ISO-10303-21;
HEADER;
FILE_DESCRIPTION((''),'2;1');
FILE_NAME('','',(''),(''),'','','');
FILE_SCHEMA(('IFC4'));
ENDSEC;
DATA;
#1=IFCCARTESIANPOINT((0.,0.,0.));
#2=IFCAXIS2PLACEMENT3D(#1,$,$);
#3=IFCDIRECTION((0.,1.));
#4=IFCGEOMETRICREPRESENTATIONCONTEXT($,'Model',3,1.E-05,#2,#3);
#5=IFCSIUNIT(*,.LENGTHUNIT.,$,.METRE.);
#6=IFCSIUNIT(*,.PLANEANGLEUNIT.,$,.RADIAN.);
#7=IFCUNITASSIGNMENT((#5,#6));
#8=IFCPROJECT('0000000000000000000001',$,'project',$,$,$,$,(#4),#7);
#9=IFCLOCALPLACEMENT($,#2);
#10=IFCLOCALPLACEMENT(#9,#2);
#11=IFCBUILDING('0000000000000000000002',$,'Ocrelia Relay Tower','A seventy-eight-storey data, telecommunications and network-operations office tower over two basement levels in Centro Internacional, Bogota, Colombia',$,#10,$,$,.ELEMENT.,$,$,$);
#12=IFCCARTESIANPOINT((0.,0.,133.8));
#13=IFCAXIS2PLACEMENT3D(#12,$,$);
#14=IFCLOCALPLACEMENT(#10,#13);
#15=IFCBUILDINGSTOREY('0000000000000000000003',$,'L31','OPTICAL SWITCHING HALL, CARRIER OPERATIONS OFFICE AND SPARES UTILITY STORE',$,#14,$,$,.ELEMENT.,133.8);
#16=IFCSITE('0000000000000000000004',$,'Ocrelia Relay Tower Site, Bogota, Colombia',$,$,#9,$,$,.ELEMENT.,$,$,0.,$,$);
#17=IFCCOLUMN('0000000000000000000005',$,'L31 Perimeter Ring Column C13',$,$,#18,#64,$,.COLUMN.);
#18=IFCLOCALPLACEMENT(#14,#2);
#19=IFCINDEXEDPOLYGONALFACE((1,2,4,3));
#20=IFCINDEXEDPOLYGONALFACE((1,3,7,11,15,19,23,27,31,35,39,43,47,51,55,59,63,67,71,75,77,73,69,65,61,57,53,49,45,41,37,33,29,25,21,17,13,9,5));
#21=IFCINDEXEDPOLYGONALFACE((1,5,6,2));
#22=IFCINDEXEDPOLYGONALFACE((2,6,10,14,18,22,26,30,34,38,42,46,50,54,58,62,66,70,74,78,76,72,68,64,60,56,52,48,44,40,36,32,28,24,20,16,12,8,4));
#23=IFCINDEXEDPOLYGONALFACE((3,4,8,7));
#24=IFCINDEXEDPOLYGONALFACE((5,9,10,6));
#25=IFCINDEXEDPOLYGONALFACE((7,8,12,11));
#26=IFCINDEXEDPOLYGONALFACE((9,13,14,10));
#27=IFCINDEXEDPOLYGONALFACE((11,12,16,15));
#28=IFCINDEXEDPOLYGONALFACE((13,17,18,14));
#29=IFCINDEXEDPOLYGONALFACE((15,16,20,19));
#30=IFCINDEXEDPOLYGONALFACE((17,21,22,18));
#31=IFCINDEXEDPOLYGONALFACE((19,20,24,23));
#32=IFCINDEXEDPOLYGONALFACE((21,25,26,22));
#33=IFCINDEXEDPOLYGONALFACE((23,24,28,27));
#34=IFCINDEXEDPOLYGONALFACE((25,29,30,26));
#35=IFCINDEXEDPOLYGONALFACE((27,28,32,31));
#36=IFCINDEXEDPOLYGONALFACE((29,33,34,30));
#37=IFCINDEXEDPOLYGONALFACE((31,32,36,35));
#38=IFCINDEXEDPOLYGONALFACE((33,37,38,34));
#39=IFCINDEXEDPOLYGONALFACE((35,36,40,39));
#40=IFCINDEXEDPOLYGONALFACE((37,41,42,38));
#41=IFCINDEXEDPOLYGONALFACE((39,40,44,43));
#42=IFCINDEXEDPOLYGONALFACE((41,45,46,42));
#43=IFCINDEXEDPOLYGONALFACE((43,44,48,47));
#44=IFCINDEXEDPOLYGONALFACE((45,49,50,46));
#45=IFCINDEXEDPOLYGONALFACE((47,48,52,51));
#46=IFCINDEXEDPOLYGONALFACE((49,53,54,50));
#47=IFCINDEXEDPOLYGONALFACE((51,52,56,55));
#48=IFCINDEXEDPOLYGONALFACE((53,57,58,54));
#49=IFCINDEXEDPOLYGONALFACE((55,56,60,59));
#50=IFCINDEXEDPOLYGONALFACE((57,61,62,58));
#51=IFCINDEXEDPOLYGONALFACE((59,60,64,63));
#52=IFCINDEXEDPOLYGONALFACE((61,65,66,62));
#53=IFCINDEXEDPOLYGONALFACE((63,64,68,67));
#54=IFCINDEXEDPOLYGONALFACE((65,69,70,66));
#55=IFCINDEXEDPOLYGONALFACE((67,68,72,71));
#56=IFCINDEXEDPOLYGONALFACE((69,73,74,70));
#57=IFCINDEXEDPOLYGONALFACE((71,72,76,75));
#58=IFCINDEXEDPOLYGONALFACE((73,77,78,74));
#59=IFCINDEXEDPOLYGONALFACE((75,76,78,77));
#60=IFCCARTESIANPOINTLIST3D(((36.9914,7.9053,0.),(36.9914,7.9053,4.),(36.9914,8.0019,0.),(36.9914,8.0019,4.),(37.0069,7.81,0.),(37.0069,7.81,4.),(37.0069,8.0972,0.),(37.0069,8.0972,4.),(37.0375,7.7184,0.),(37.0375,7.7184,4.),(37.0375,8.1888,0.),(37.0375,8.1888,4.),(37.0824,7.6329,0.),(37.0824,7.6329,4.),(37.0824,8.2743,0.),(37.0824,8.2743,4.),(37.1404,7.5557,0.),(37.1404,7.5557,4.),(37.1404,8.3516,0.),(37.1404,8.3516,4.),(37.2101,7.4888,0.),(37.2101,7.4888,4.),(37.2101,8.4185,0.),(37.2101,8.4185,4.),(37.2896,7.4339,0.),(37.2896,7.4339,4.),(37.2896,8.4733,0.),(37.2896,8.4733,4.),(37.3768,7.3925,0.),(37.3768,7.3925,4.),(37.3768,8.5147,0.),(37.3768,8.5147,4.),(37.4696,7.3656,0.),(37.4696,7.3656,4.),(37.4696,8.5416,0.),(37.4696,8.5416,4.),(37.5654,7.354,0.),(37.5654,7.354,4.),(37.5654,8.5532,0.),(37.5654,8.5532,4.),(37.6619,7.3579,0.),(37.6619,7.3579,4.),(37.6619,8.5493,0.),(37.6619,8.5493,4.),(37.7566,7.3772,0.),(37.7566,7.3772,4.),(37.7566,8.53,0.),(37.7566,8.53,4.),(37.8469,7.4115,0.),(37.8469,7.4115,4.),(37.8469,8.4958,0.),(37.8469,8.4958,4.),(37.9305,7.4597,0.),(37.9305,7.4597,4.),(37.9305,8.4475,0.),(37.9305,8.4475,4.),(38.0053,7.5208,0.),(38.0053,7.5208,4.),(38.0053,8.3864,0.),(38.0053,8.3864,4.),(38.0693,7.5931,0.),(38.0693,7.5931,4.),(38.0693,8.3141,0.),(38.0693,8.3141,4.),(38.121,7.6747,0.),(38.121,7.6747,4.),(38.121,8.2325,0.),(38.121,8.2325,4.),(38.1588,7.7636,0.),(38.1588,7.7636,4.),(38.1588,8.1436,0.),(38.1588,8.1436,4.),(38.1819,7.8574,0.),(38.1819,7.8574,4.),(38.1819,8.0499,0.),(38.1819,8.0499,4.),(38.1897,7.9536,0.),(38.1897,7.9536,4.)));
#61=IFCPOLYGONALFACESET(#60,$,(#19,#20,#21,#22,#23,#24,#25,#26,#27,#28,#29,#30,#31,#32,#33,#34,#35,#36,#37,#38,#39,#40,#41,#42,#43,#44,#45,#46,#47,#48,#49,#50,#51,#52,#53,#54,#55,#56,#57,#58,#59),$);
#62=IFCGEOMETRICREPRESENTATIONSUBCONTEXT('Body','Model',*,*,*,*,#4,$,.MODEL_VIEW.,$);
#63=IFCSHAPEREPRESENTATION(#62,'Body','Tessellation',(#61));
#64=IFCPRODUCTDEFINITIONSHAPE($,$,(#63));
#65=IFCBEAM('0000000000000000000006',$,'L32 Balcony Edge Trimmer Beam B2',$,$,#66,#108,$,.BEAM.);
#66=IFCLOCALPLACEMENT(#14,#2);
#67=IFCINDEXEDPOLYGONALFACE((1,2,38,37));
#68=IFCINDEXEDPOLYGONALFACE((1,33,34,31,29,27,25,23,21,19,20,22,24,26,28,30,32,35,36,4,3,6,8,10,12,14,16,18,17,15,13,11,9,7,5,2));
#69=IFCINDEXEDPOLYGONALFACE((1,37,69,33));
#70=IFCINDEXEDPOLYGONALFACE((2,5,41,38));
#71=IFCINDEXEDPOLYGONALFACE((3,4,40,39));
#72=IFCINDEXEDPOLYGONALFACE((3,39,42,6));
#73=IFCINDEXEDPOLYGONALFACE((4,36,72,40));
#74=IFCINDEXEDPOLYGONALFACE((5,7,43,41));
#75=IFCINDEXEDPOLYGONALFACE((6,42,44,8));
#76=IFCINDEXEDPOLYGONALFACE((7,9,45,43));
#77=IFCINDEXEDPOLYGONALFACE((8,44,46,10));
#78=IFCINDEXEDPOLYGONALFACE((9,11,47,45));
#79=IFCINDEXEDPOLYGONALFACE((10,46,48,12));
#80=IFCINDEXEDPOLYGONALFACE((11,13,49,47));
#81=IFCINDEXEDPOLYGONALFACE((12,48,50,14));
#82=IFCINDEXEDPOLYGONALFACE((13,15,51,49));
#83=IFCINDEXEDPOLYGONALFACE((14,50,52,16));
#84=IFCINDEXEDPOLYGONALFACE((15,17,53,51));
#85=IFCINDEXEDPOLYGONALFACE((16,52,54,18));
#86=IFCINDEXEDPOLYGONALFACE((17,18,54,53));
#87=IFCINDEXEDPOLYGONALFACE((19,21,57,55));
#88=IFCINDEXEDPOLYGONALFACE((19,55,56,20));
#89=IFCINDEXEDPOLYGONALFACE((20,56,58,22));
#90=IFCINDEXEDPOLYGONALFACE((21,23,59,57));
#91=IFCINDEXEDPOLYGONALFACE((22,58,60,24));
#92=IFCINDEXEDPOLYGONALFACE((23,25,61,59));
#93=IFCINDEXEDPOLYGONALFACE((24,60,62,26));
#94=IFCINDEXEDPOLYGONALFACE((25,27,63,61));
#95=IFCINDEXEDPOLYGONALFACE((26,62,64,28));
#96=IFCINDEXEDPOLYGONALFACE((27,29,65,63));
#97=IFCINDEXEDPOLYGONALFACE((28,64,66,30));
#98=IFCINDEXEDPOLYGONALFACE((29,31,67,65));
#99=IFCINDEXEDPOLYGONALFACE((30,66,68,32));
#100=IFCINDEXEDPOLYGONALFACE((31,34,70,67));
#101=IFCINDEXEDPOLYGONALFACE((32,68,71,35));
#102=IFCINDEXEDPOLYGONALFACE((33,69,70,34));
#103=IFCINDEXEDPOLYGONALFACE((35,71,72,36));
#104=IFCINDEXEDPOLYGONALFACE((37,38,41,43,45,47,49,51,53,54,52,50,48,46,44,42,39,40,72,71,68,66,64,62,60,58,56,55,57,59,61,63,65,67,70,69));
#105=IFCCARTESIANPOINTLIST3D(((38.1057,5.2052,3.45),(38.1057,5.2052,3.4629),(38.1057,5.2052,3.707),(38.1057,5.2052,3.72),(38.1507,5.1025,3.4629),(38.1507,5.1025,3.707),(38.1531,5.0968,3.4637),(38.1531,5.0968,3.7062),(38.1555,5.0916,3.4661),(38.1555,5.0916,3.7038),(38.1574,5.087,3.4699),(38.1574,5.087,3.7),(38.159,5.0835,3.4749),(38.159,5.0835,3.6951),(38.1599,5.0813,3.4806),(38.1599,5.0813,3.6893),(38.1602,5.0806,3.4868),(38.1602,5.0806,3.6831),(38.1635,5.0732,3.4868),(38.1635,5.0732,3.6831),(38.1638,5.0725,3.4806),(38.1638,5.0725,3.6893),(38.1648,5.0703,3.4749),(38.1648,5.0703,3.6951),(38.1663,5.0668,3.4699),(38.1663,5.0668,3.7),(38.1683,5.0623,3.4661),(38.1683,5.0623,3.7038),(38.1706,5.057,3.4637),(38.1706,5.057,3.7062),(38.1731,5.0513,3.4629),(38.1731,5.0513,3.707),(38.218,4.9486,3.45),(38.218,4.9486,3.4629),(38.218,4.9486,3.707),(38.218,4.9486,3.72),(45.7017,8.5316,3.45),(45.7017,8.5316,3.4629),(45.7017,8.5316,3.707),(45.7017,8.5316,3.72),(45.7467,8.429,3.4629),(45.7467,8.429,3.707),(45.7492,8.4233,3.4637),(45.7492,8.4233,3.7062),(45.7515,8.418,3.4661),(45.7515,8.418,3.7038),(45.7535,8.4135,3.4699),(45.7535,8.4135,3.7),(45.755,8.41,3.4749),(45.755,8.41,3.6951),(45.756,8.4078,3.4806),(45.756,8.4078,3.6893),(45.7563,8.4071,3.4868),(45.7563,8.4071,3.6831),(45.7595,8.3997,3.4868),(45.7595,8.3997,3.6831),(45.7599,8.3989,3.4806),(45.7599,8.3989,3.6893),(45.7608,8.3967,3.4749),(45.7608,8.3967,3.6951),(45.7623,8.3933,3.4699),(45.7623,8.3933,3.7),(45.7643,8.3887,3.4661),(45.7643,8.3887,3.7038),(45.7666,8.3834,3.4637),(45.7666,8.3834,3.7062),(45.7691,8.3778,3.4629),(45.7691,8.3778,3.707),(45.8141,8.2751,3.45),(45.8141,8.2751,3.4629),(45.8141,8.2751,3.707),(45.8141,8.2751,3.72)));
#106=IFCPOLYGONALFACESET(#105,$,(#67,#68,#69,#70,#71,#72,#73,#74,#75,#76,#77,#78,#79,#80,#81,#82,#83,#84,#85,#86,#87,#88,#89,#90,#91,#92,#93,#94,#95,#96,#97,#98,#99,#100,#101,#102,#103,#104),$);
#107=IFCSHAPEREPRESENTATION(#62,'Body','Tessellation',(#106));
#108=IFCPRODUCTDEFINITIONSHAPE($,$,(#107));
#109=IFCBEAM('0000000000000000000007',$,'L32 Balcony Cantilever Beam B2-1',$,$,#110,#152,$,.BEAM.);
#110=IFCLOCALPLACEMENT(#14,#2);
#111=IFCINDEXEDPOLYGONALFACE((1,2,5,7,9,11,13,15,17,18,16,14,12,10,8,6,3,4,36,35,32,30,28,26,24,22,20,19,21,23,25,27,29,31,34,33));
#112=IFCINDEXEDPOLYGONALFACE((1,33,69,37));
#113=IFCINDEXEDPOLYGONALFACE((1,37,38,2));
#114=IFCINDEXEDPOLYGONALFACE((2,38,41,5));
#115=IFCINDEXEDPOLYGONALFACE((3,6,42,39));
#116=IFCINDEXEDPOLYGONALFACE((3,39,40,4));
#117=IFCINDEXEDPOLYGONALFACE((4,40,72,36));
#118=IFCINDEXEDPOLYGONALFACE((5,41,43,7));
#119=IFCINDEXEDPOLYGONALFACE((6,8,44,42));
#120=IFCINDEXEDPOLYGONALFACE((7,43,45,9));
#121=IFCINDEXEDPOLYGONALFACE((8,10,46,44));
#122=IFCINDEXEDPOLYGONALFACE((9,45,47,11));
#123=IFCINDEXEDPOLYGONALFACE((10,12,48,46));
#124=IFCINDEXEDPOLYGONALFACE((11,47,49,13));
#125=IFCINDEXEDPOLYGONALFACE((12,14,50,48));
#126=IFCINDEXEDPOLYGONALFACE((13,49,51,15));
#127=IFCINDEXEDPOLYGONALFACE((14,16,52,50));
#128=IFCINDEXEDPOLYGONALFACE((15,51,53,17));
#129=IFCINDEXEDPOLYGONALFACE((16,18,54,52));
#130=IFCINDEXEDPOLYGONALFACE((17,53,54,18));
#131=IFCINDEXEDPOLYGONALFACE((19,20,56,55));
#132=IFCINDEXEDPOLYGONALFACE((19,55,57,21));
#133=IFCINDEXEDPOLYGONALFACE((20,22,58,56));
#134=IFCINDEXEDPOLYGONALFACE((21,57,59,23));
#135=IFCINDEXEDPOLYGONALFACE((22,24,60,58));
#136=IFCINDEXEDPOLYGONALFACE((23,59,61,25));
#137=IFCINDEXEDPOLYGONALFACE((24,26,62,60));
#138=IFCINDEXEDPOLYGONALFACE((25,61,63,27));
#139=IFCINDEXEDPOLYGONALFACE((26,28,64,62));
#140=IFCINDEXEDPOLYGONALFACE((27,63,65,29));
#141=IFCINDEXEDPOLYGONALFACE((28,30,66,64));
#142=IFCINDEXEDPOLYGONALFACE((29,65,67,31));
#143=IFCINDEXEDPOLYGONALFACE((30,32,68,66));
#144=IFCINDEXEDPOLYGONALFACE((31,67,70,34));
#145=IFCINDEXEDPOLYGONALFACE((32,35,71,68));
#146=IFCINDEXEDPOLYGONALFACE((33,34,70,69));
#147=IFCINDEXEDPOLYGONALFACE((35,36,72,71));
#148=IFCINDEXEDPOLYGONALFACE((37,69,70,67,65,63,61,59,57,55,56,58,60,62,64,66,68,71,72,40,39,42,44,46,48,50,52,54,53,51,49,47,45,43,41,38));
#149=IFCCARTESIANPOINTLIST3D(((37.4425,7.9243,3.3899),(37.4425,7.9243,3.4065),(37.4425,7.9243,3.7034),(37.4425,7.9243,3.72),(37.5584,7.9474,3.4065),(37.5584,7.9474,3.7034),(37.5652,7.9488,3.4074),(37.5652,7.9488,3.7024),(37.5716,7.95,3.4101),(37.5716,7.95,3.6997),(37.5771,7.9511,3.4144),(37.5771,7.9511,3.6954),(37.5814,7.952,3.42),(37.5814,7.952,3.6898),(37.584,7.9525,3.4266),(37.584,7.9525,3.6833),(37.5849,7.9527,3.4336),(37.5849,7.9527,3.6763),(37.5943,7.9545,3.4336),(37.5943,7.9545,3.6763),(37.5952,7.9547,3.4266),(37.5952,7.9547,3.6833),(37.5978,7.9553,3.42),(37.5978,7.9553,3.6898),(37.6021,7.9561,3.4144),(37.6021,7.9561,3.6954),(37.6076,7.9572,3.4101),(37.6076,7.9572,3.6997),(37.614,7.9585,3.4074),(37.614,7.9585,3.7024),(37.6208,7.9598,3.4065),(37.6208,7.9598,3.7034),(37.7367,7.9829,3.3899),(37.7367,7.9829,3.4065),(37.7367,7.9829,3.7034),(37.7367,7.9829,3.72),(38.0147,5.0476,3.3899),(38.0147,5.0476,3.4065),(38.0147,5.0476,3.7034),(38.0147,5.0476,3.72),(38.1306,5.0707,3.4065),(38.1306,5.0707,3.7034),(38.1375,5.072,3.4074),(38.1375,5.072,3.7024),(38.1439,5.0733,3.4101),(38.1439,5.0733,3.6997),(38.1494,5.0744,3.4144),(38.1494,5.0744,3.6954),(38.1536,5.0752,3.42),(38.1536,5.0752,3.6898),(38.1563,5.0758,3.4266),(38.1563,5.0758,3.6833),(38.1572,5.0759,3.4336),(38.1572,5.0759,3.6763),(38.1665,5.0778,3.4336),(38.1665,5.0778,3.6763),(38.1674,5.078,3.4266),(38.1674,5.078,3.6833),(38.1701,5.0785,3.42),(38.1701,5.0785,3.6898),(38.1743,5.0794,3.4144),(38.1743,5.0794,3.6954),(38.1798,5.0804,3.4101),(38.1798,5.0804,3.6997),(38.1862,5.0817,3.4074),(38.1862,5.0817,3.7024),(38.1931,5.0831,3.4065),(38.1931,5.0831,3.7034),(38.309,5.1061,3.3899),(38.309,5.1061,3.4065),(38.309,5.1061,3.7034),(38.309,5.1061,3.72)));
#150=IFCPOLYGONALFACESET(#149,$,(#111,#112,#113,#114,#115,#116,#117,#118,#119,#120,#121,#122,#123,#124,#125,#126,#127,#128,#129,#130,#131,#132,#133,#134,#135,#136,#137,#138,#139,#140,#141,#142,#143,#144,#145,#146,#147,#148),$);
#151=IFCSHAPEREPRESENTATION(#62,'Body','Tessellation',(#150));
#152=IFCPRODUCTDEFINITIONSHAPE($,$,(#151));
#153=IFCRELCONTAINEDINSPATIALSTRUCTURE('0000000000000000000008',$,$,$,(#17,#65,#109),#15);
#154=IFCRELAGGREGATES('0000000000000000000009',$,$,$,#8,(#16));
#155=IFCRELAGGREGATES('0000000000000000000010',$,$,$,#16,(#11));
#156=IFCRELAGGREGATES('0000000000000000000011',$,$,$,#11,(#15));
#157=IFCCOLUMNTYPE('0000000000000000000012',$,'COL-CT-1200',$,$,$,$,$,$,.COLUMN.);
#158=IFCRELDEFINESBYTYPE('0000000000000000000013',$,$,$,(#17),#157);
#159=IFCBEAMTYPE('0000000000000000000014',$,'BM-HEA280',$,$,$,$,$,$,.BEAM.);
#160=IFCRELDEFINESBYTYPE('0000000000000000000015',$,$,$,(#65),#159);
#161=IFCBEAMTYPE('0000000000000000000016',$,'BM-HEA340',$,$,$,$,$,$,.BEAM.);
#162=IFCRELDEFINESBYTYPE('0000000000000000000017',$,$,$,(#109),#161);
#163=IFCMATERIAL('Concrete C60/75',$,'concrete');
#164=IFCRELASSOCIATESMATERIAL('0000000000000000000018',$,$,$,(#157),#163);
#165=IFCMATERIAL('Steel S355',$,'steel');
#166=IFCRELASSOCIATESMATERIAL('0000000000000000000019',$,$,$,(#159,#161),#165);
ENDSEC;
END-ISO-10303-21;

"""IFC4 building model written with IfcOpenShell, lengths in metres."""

from ifc_helpers import new_model, si_unit, direction, frame, origin, origin_2d, place, context, subcontext, project, spatial, circle, i_section, extrude, material, material_profile, profile_set, type_object, element, save


model = new_model("IFC4")

# Units and contexts
model_context = context("Model", 3, precision=1e-05, world=origin(), true_north=direction((0.0, 1.0)))
body_context = subcontext(model_context, "Body", "Model", "MODEL_VIEW")
ifc_project = project(units=[si_unit("LENGTHUNIT", "METRE"), si_unit("PLANEANGLEUNIT", "RADIAN")], contexts=[model_context])

# Site, building, storey
site_placement = place(None, origin())
site = spatial("IfcSite", under=ifc_project, at=site_placement, Name="Ocrelia Relay Tower Site, Bogota, Colombia", CompositionType="ELEMENT", RefElevation=0.0)
building_placement = place(site_placement, origin())
building = spatial("IfcBuilding", under=site, at=building_placement, Name="Ocrelia Relay Tower", Description="A seventy-eight-storey data, telecommunications and network-operations office tower over two basement levels in Centro Internacional, Bogota, Colombia", CompositionType="ELEMENT")
storey_placement = place(building_placement, frame((0.0, 0.0, 133.8)))
storey = spatial("IfcBuildingStorey", under=building, at=storey_placement, Name="L31", Description="OPTICAL SWITCHING HALL, CARRIER OPERATIONS OFFICE AND SPARES UTILITY STORE", CompositionType="ELEMENT", Elevation=133.8)

# Column
ifc_material_1 = material(Name="Concrete C60/75", Category="concrete")
ifc_material_profile_1 = material_profile(ifc_material_1, circle(Radius=0.6001, at=origin_2d()), Name="RC-CIR-1200")
ifc_profile_set_1 = profile_set([ifc_material_profile_1], Name="Concrete C60/75")
column_type = type_object("IfcColumnType", Name="COL-CT-1200", PredefinedType="COLUMN", material=ifc_profile_set_1)
column_placement = place(storey_placement, frame((37.5896, 7.9536, 0.0), z_axis=(0.0, 0.0, 1.0), x_axis=(1.0, 0.0, 0.0)))
element("IfcColumn", 1, at=column_placement, inside=storey, type_object=column_type, Name="L31 Perimeter Ring Column C13", PredefinedType="COLUMN", context=body_context, shape_type="SweptSolid", body=[
    extrude(circle(Radius=0.6001, at=origin_2d()), origin(), (0.0, 0.0, 1.0), 4.0),
])

# Beams
ifc_material_2 = material(Name="Steel S355", Category="steel")
ifc_material_profile_2 = material_profile(ifc_material_2, i_section(OverallWidth=0.28, OverallDepth=0.27, WebThickness=0.0081, FlangeThickness=0.0129, FilletRadius=0.0239, at=origin_2d()), Name="HEA 280")
ifc_profile_set_2 = profile_set([ifc_material_profile_2], Name="Steel S355")
beam_type_1 = type_object("IfcBeamType", Name="BM-HEA280", PredefinedType="BEAM", material=ifc_profile_set_2)
beam_1_placement = place(storey_placement, frame((38.1619, 5.0769, 3.585), z_axis=(0.916016, 0.401142, 0.0), x_axis=(-0.401142, 0.916016, 0.0)))
element("IfcBeam", 2, at=beam_1_placement, inside=storey, type_object=beam_type_1, Name="L32 Balcony Edge Trimmer Beam B2", PredefinedType="BEAM", context=body_context, shape_type="SweptSolid", body=[
    extrude(i_section(OverallWidth=0.28, OverallDepth=0.27, WebThickness=0.0081, FlangeThickness=0.0129, FilletRadius=0.0239, at=origin_2d()), origin(), (0.0, 0.0, 1.0), 8.2925),
])
ifc_material_profile_3 = material_profile(ifc_material_2, i_section(OverallWidth=0.3, OverallDepth=0.3301, WebThickness=0.0095, FlangeThickness=0.0166, FilletRadius=0.0271, at=origin_2d()), Name="HEA 340")
ifc_profile_set_3 = profile_set([ifc_material_profile_3], Name="Steel S355")
beam_type_2 = type_object("IfcBeamType", Name="BM-HEA340", PredefinedType="BEAM", material=ifc_profile_set_3)
beam_2_placement = place(storey_placement, frame((37.5896, 7.9536, 3.5549), z_axis=(0.195108, -0.980782, 0.0), x_axis=(0.980782, 0.195108, 0.0)))
element("IfcBeam", 3, at=beam_2_placement, inside=storey, type_object=beam_type_2, Name="L32 Balcony Cantilever Beam B2-1", PredefinedType="BEAM", context=body_context, shape_type="SweptSolid", body=[
    extrude(i_section(OverallWidth=0.3, OverallDepth=0.3301, WebThickness=0.0095, FlangeThickness=0.0166, FilletRadius=0.0271, at=origin_2d()), origin(), (0.0, 0.0, 1.0), 2.9331),
])

save(model, "model.ifc")
